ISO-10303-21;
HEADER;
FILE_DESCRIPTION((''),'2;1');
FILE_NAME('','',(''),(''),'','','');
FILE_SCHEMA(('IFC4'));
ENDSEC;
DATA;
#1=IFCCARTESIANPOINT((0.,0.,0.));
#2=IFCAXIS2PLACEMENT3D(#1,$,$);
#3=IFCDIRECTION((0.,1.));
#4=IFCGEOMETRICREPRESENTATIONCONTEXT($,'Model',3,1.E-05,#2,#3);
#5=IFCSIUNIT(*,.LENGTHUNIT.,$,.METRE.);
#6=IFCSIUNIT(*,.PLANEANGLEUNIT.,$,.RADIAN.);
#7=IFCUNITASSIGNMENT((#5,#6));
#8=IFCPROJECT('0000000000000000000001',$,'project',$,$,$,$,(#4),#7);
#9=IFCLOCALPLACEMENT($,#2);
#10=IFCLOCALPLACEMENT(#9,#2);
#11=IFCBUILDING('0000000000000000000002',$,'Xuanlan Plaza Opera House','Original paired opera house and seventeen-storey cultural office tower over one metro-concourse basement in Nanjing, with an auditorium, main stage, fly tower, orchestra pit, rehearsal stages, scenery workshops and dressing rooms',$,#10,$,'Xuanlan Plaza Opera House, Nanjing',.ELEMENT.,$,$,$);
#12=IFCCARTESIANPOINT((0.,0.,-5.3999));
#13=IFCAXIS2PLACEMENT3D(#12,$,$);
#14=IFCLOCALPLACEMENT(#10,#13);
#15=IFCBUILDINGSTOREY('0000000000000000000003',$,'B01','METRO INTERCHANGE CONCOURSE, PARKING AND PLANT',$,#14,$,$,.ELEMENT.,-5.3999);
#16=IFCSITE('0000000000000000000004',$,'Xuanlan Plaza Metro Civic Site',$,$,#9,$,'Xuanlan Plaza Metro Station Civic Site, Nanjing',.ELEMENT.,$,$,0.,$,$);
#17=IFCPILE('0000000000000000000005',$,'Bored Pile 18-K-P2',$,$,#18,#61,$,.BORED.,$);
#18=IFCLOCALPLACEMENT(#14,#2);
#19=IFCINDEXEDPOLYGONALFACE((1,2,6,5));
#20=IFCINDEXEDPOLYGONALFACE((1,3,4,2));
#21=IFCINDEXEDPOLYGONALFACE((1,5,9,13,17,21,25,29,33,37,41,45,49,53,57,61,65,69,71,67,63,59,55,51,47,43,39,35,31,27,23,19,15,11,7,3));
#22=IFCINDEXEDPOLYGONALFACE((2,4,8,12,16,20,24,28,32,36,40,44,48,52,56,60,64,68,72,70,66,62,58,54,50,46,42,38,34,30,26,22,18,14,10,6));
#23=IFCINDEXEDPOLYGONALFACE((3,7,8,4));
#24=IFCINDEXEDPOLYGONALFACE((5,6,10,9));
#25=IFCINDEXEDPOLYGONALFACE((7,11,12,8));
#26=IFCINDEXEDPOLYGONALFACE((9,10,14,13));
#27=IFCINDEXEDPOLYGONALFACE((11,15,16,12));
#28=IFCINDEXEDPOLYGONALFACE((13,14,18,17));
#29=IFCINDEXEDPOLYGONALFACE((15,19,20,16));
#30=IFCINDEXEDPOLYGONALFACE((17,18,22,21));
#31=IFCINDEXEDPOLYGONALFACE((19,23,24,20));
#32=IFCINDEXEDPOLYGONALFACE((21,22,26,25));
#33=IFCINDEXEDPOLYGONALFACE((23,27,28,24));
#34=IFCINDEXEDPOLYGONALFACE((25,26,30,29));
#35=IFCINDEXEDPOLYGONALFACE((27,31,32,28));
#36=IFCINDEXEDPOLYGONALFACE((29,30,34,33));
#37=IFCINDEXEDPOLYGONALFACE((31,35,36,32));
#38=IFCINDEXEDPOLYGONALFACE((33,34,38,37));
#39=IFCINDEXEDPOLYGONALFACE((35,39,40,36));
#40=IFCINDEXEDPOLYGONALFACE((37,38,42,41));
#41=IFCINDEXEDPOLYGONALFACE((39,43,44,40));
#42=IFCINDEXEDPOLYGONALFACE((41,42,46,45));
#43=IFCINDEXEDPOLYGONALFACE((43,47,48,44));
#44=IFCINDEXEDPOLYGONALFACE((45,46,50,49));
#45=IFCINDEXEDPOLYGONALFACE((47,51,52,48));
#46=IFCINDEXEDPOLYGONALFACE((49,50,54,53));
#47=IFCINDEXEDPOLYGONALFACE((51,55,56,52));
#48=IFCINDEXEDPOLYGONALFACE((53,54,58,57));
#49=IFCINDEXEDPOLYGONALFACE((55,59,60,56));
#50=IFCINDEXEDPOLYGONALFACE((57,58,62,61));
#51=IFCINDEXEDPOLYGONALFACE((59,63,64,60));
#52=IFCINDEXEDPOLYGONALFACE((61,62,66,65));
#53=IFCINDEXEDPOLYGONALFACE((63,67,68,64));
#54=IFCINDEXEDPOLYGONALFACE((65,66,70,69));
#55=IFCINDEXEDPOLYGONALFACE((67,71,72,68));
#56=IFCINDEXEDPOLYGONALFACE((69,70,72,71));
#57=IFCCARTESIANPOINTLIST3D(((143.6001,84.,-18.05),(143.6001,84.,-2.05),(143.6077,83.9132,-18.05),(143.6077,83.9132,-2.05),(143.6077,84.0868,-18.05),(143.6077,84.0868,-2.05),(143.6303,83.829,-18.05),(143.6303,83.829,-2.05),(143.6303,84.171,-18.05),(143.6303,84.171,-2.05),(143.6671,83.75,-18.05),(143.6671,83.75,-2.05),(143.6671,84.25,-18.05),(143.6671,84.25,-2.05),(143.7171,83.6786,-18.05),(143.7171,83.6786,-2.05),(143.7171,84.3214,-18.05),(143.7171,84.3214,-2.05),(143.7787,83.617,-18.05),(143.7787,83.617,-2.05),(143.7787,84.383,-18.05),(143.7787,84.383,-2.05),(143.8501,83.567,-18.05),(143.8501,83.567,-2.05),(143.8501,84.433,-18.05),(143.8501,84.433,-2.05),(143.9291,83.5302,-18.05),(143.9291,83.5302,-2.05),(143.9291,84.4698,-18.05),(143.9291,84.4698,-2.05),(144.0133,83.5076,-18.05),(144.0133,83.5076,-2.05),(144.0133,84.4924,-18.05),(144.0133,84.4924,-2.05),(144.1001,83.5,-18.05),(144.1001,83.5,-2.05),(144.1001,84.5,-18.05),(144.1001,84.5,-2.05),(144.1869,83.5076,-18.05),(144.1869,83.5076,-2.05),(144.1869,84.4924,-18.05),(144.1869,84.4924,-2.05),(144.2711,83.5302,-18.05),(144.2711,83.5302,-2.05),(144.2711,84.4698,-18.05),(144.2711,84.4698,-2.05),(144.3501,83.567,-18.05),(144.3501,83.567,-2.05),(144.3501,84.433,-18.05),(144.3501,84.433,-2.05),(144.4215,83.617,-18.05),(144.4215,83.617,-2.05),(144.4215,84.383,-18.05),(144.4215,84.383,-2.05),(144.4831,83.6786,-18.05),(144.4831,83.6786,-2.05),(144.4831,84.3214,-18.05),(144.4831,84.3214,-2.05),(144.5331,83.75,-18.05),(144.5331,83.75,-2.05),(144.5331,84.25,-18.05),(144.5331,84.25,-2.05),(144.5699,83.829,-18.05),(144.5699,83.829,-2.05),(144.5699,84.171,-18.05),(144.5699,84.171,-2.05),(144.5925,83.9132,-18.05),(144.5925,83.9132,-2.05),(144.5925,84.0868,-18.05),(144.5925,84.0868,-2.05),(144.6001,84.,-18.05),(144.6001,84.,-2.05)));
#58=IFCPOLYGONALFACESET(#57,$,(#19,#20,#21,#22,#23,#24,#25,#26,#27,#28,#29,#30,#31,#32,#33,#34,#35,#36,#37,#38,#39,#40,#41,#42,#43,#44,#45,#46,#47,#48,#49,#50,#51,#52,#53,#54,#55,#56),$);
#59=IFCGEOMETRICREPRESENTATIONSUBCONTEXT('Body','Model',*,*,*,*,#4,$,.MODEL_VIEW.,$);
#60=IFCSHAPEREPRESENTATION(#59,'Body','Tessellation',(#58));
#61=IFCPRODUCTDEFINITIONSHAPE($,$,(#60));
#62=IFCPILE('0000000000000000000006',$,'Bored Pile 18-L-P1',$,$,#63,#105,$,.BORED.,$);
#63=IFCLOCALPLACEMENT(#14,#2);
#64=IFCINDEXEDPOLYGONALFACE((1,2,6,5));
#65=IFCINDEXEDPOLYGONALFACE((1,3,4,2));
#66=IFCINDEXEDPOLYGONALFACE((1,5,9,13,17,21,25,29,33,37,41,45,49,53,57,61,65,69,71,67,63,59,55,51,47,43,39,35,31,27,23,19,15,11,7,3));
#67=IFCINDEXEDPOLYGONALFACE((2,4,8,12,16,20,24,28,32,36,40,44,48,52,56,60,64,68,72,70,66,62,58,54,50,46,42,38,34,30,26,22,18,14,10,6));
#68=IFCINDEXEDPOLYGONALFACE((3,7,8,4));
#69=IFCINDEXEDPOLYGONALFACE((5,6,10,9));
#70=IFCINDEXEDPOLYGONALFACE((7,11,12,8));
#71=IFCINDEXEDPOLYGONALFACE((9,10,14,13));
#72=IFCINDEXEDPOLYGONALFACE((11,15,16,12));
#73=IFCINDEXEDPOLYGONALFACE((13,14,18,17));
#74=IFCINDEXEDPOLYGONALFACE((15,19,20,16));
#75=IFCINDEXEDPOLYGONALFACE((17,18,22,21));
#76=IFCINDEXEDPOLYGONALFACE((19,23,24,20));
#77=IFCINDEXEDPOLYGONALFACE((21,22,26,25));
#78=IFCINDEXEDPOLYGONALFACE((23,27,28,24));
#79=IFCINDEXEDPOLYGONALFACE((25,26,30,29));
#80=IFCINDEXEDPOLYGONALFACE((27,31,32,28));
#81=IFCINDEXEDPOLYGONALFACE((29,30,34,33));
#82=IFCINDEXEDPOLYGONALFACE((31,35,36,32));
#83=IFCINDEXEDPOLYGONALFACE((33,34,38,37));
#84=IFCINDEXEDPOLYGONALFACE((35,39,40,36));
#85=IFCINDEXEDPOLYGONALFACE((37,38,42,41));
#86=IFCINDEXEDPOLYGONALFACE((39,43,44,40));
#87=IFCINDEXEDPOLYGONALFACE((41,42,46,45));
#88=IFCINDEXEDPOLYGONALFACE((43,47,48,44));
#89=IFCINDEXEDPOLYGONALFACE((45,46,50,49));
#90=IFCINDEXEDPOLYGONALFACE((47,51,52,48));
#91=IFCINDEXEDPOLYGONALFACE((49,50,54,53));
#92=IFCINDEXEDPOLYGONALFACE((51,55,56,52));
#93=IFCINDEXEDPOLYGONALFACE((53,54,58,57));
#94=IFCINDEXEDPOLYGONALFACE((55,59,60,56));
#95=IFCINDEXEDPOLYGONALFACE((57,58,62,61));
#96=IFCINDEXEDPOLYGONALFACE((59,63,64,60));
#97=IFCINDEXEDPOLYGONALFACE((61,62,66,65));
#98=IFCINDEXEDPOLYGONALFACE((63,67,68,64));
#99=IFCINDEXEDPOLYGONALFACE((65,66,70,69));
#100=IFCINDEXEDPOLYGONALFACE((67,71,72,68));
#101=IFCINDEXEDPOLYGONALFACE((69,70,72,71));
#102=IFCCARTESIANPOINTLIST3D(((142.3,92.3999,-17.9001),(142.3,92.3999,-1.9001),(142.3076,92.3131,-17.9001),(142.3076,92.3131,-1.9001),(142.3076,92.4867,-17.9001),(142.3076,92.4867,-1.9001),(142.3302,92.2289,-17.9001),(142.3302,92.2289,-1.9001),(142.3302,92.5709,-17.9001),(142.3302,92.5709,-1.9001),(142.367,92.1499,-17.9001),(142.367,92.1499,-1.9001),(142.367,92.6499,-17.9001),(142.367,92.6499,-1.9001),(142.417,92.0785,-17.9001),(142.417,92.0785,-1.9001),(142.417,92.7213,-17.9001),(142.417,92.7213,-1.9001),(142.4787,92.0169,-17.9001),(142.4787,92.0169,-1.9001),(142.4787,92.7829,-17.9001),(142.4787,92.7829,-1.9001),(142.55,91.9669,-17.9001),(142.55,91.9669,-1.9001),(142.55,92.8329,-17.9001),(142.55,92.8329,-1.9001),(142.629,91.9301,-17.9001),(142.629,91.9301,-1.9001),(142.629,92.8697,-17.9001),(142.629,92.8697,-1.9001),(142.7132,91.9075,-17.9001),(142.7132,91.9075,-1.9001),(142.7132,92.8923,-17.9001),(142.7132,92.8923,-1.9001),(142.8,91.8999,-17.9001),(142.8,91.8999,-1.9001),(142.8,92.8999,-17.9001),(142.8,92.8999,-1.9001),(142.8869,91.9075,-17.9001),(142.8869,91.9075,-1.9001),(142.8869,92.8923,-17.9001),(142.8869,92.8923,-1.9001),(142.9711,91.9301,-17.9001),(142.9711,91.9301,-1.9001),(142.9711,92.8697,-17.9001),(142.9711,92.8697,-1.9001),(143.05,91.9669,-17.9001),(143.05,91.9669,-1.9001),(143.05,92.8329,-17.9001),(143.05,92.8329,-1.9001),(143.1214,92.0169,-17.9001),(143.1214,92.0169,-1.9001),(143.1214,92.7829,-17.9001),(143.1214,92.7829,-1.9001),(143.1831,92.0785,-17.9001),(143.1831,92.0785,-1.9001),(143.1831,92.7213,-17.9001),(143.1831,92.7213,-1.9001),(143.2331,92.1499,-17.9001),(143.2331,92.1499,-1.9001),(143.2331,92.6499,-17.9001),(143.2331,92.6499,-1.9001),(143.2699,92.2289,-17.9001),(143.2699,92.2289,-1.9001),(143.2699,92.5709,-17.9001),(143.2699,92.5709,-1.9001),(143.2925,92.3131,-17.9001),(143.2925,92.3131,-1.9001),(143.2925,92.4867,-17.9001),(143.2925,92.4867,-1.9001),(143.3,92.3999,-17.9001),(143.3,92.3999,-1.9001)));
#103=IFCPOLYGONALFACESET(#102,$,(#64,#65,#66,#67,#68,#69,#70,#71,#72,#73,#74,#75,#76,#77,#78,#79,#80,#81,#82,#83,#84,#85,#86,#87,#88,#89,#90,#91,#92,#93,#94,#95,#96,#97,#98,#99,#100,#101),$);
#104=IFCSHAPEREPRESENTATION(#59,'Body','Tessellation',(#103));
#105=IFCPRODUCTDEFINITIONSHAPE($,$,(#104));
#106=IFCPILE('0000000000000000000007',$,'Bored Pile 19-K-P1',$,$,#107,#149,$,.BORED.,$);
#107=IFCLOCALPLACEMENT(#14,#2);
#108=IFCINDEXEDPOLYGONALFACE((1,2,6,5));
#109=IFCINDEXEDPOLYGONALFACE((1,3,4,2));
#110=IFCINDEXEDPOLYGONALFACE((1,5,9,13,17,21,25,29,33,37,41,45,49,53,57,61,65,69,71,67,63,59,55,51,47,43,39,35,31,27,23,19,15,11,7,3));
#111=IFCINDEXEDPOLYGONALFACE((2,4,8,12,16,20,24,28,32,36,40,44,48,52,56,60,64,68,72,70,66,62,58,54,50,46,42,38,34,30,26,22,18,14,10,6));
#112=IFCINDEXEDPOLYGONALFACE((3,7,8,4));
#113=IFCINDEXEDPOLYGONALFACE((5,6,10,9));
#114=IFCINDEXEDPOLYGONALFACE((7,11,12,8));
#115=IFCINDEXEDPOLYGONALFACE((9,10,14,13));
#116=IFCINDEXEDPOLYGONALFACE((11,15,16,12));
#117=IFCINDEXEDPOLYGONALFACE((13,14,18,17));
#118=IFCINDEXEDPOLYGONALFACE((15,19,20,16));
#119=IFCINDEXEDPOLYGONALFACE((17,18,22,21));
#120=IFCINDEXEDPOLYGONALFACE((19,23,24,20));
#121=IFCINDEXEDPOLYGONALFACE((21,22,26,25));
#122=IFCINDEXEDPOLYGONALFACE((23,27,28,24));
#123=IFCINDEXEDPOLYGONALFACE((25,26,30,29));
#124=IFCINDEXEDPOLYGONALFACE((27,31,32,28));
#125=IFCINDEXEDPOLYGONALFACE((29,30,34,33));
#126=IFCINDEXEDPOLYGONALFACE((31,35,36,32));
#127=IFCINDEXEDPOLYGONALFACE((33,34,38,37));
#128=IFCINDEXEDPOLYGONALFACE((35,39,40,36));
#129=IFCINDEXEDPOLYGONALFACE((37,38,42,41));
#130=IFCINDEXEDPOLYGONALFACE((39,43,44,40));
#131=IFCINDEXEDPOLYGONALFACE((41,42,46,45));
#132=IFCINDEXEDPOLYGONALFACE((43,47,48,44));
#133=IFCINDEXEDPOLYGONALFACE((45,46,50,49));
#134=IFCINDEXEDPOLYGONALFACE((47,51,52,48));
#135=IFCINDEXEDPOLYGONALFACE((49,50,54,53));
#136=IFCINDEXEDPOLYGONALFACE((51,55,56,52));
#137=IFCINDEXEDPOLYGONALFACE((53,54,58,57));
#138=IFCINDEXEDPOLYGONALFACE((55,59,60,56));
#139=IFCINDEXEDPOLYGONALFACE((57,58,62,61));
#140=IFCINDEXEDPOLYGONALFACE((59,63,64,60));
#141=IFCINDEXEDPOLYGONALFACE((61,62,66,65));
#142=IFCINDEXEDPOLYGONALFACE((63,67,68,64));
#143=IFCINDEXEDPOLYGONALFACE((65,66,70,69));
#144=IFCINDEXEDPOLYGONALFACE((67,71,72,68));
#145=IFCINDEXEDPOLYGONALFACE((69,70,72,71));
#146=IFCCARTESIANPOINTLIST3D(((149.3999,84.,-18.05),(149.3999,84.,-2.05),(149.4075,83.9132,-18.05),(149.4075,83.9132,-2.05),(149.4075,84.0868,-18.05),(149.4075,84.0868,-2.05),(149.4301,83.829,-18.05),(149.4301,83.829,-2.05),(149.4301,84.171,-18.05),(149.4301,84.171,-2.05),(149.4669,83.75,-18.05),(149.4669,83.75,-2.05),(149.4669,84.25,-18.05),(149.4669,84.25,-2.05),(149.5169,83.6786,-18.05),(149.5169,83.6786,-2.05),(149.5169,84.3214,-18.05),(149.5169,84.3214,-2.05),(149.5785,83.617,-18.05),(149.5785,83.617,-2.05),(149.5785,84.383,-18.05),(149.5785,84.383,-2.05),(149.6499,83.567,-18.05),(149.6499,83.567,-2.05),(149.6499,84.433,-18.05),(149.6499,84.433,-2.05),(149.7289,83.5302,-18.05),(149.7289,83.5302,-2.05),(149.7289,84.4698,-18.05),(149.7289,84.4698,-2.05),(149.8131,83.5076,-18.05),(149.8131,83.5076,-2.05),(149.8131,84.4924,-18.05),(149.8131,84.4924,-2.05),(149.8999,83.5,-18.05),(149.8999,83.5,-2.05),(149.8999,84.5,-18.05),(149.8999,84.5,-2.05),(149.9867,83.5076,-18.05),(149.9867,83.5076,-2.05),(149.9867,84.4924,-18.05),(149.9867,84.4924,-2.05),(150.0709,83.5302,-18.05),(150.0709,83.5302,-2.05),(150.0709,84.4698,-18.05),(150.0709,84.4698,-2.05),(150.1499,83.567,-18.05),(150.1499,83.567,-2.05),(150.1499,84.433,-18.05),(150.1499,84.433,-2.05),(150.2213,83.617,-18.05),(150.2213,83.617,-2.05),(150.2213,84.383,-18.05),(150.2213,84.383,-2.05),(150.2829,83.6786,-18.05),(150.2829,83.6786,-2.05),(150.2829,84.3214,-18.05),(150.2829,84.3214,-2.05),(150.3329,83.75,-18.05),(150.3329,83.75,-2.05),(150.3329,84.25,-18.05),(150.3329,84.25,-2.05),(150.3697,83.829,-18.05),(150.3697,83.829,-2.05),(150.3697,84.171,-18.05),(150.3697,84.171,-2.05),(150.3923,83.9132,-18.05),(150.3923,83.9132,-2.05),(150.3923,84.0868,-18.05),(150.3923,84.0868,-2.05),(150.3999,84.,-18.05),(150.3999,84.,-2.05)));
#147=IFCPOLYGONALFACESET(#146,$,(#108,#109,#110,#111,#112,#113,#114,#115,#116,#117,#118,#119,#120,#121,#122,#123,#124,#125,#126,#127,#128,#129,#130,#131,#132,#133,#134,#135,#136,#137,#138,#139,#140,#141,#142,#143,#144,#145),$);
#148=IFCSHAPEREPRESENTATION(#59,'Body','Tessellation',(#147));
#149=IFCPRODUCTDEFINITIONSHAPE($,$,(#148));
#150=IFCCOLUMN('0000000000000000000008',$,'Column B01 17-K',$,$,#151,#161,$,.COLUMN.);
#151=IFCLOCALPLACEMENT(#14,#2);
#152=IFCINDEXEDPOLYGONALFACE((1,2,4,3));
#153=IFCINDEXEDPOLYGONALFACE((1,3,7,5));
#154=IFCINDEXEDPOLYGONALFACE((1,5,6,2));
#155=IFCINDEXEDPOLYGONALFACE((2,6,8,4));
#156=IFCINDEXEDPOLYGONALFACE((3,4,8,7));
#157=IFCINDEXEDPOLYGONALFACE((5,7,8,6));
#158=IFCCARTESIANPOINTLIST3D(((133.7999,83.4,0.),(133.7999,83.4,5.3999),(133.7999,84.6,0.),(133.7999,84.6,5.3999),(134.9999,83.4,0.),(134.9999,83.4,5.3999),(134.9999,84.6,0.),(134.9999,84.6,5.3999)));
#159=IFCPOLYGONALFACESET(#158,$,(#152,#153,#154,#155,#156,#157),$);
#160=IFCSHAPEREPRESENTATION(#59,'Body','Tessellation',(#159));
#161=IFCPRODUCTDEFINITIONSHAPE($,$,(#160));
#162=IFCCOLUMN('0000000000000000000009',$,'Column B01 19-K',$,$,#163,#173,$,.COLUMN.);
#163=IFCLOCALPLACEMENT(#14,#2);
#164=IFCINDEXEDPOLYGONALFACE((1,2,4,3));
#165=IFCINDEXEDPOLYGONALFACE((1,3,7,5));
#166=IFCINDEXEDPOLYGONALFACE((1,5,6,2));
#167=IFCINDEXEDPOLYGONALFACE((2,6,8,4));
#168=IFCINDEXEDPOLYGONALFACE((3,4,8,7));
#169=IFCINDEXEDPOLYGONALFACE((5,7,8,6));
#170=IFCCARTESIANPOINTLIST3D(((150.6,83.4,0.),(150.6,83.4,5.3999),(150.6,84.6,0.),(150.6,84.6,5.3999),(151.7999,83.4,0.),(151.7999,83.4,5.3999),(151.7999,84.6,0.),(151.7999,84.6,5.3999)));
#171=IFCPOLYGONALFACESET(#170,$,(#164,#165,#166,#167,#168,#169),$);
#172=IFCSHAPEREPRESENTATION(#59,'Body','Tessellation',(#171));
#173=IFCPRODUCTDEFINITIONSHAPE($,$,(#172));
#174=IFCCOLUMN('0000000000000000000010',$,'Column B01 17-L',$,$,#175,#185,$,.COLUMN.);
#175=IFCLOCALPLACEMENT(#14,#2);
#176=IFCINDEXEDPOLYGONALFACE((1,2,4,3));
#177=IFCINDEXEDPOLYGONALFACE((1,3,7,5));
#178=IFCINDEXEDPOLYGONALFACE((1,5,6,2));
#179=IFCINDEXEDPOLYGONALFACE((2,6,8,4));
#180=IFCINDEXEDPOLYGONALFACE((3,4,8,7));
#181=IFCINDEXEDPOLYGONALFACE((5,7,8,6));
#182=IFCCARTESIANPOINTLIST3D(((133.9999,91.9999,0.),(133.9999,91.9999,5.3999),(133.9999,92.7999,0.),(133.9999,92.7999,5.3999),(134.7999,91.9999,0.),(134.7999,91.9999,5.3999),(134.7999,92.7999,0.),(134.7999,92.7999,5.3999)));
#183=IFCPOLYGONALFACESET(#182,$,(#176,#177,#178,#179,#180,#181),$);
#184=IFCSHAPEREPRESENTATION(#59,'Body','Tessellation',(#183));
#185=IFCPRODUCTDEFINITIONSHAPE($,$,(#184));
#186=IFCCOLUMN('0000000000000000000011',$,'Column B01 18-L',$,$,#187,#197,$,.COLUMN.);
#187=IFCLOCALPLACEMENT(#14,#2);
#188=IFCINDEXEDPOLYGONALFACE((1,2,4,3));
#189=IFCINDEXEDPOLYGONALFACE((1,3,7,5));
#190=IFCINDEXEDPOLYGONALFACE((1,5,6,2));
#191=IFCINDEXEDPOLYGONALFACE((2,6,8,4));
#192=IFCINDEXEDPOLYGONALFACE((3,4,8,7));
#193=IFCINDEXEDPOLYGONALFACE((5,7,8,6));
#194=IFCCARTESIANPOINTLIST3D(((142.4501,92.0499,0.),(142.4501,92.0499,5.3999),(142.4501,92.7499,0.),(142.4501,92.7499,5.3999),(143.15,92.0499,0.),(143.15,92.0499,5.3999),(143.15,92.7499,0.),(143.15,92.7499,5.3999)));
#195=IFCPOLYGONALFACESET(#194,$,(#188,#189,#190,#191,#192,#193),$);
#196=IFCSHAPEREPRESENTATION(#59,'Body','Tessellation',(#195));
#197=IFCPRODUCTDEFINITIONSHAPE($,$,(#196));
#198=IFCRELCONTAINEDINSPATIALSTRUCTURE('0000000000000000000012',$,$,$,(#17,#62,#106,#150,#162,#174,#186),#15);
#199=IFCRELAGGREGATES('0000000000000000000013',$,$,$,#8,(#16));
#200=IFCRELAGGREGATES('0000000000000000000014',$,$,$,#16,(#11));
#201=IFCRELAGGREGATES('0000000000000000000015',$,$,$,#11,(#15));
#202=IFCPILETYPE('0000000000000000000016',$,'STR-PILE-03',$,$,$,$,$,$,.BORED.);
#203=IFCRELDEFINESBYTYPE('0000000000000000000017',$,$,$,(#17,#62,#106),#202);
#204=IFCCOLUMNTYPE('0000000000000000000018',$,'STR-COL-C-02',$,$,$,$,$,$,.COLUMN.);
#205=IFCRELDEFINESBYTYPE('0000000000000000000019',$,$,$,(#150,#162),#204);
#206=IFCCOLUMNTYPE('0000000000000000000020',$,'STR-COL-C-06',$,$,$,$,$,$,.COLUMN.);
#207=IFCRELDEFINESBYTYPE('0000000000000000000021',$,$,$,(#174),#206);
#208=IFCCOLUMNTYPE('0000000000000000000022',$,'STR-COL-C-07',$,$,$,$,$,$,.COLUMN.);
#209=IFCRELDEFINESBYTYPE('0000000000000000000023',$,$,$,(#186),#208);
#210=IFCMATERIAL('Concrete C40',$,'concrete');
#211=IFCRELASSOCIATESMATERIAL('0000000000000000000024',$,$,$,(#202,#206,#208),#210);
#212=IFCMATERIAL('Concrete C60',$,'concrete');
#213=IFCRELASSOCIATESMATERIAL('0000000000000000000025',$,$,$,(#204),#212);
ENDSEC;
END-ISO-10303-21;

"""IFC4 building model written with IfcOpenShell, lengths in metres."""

from ifc_helpers import new_model, si_unit, direction, frame, origin, origin_2d, place, context, subcontext, project, spatial, rectangle, circle, extrude, material, material_profile, profile_set, type_object, element, save


model = new_model("IFC4")

# Units and contexts
model_context = context("Model", 3, precision=1e-05, world=origin(), true_north=direction((0.0, 1.0)))
body_context = subcontext(model_context, "Body", "Model", "MODEL_VIEW")
ifc_project = project(units=[si_unit("LENGTHUNIT", "METRE"), si_unit("PLANEANGLEUNIT", "RADIAN")], contexts=[model_context])

# Site, building, storey
site_placement = place(None, origin())
site = spatial("IfcSite", under=ifc_project, at=site_placement, Name="Xuanlan Plaza Metro Civic Site", LongName="Xuanlan Plaza Metro Station Civic Site, Nanjing", CompositionType="ELEMENT", RefElevation=0.0)
building_placement = place(site_placement, origin())
building = spatial("IfcBuilding", under=site, at=building_placement, Name="Xuanlan Plaza Opera House", Description="Original paired opera house and seventeen-storey cultural office tower over one metro-concourse basement in Nanjing, with an auditorium, main stage, fly tower, orchestra pit, rehearsal stages, scenery workshops and dressing rooms", LongName="Xuanlan Plaza Opera House, Nanjing", CompositionType="ELEMENT")
storey_placement = place(building_placement, frame((0.0, 0.0, -5.3999)))
storey = spatial("IfcBuildingStorey", under=building, at=storey_placement, Name="B01", Description="METRO INTERCHANGE CONCOURSE, PARKING AND PLANT", CompositionType="ELEMENT", Elevation=-5.3999)

# Piles
ifc_material_1 = material(Name="Concrete C40", Category="concrete")
ifc_material_profile_1 = material_profile(ifc_material_1, circle(Radius=0.5, at=origin_2d()), Name="PILE D1000")
ifc_profile_set_1 = profile_set([ifc_material_profile_1], Name="Concrete C40")
pile_type = type_object("IfcPileType", Name="STR-PILE-03", PredefinedType="BORED", material=ifc_profile_set_1)
for number, where, z_axis, x_axis, name in (
    (1, (144.1001, 84.0, -2.05), (0.0, 0.0, -1.0), (1.0, 0.0, 0.0), "Bored Pile 18-K-P2"),
    (2, (142.8, 92.3999, -1.9001), (0.0, 0.0, -1.0), (1.0, 0.0, 0.0), "Bored Pile 18-L-P1"),
    (3, (149.8999, 84.0, -2.05), (0.0, 0.0, -1.0), (1.0, 0.0, 0.0), "Bored Pile 19-K-P1"),
):
    element("IfcPile", number, at=place(storey_placement, frame(where, z_axis=z_axis, x_axis=x_axis)), inside=storey, type_object=pile_type, Name=name, PredefinedType="BORED", context=body_context, shape_type="SweptSolid", body=[
        extrude(circle(Radius=0.5, at=origin_2d()), origin(), (0.0, 0.0, 1.0), 16.0),
    ])

# Columns
ifc_material_2 = material(Name="Concrete C60", Category="concrete")
ifc_material_profile_2 = material_profile(ifc_material_2, rectangle(XDim=1.2, YDim=1.2, at=origin_2d()), Name="RC-COL 1200x1200")
ifc_profile_set_2 = profile_set([ifc_material_profile_2], Name="Concrete C60")
column_type_1 = type_object("IfcColumnType", Name="STR-COL-C-02", PredefinedType="COLUMN", material=ifc_profile_set_2)
for number, where, z_axis, x_axis, name in (
    (4, (134.3999, 84.0, 0.0), (0.0, 0.0, 1.0), (1.0, 0.0, 0.0), "Column B01 17-K"),
    (5, (151.2, 84.0, 0.0), (0.0, 0.0, 1.0), (1.0, 0.0, 0.0), "Column B01 19-K"),
):
    element("IfcColumn", number, at=place(storey_placement, frame(where, z_axis=z_axis, x_axis=x_axis)), inside=storey, type_object=column_type_1, Name=name, PredefinedType="COLUMN", context=body_context, shape_type="SweptSolid", body=[
        extrude(rectangle(XDim=1.2, YDim=1.2, at=origin_2d()), origin(), (0.0, 0.0, 1.0), 5.3999),
    ])
ifc_material_profile_3 = material_profile(ifc_material_1, rectangle(XDim=0.8, YDim=0.8, at=origin_2d()), Name="RC-COL 800x800")
ifc_profile_set_3 = profile_set([ifc_material_profile_3], Name="Concrete C40")
column_type_2 = type_object("IfcColumnType", Name="STR-COL-C-06", PredefinedType="COLUMN", material=ifc_profile_set_3)
column_1_placement = place(storey_placement, frame((134.3999, 92.3999, 0.0), z_axis=(0.0, 0.0, 1.0), x_axis=(1.0, 0.0, 0.0)))
element("IfcColumn", 6, at=column_1_placement, inside=storey, type_object=column_type_2, Name="Column B01 17-L", PredefinedType="COLUMN", context=body_context, shape_type="SweptSolid", body=[
    extrude(rectangle(XDim=0.8, YDim=0.8, at=origin_2d()), origin(), (0.0, 0.0, 1.0), 5.3999),
])
ifc_material_profile_4 = material_profile(ifc_material_1, rectangle(XDim=0.7, YDim=0.7, at=origin_2d()), Name="RC-COL 700x700")
ifc_profile_set_4 = profile_set([ifc_material_profile_4], Name="Concrete C40")
column_type_3 = type_object("IfcColumnType", Name="STR-COL-C-07", PredefinedType="COLUMN", material=ifc_profile_set_4)
column_2_placement = place(storey_placement, frame((142.8, 92.3999, 0.0), z_axis=(0.0, 0.0, 1.0), x_axis=(1.0, 0.0, 0.0)))
element("IfcColumn", 7, at=column_2_placement, inside=storey, type_object=column_type_3, Name="Column B01 18-L", PredefinedType="COLUMN", context=body_context, shape_type="SweptSolid", body=[
    extrude(rectangle(XDim=0.7, YDim=0.7, at=origin_2d()), origin(), (0.0, 0.0, 1.0), 5.3999),
])

save(model, "model.ifc")
